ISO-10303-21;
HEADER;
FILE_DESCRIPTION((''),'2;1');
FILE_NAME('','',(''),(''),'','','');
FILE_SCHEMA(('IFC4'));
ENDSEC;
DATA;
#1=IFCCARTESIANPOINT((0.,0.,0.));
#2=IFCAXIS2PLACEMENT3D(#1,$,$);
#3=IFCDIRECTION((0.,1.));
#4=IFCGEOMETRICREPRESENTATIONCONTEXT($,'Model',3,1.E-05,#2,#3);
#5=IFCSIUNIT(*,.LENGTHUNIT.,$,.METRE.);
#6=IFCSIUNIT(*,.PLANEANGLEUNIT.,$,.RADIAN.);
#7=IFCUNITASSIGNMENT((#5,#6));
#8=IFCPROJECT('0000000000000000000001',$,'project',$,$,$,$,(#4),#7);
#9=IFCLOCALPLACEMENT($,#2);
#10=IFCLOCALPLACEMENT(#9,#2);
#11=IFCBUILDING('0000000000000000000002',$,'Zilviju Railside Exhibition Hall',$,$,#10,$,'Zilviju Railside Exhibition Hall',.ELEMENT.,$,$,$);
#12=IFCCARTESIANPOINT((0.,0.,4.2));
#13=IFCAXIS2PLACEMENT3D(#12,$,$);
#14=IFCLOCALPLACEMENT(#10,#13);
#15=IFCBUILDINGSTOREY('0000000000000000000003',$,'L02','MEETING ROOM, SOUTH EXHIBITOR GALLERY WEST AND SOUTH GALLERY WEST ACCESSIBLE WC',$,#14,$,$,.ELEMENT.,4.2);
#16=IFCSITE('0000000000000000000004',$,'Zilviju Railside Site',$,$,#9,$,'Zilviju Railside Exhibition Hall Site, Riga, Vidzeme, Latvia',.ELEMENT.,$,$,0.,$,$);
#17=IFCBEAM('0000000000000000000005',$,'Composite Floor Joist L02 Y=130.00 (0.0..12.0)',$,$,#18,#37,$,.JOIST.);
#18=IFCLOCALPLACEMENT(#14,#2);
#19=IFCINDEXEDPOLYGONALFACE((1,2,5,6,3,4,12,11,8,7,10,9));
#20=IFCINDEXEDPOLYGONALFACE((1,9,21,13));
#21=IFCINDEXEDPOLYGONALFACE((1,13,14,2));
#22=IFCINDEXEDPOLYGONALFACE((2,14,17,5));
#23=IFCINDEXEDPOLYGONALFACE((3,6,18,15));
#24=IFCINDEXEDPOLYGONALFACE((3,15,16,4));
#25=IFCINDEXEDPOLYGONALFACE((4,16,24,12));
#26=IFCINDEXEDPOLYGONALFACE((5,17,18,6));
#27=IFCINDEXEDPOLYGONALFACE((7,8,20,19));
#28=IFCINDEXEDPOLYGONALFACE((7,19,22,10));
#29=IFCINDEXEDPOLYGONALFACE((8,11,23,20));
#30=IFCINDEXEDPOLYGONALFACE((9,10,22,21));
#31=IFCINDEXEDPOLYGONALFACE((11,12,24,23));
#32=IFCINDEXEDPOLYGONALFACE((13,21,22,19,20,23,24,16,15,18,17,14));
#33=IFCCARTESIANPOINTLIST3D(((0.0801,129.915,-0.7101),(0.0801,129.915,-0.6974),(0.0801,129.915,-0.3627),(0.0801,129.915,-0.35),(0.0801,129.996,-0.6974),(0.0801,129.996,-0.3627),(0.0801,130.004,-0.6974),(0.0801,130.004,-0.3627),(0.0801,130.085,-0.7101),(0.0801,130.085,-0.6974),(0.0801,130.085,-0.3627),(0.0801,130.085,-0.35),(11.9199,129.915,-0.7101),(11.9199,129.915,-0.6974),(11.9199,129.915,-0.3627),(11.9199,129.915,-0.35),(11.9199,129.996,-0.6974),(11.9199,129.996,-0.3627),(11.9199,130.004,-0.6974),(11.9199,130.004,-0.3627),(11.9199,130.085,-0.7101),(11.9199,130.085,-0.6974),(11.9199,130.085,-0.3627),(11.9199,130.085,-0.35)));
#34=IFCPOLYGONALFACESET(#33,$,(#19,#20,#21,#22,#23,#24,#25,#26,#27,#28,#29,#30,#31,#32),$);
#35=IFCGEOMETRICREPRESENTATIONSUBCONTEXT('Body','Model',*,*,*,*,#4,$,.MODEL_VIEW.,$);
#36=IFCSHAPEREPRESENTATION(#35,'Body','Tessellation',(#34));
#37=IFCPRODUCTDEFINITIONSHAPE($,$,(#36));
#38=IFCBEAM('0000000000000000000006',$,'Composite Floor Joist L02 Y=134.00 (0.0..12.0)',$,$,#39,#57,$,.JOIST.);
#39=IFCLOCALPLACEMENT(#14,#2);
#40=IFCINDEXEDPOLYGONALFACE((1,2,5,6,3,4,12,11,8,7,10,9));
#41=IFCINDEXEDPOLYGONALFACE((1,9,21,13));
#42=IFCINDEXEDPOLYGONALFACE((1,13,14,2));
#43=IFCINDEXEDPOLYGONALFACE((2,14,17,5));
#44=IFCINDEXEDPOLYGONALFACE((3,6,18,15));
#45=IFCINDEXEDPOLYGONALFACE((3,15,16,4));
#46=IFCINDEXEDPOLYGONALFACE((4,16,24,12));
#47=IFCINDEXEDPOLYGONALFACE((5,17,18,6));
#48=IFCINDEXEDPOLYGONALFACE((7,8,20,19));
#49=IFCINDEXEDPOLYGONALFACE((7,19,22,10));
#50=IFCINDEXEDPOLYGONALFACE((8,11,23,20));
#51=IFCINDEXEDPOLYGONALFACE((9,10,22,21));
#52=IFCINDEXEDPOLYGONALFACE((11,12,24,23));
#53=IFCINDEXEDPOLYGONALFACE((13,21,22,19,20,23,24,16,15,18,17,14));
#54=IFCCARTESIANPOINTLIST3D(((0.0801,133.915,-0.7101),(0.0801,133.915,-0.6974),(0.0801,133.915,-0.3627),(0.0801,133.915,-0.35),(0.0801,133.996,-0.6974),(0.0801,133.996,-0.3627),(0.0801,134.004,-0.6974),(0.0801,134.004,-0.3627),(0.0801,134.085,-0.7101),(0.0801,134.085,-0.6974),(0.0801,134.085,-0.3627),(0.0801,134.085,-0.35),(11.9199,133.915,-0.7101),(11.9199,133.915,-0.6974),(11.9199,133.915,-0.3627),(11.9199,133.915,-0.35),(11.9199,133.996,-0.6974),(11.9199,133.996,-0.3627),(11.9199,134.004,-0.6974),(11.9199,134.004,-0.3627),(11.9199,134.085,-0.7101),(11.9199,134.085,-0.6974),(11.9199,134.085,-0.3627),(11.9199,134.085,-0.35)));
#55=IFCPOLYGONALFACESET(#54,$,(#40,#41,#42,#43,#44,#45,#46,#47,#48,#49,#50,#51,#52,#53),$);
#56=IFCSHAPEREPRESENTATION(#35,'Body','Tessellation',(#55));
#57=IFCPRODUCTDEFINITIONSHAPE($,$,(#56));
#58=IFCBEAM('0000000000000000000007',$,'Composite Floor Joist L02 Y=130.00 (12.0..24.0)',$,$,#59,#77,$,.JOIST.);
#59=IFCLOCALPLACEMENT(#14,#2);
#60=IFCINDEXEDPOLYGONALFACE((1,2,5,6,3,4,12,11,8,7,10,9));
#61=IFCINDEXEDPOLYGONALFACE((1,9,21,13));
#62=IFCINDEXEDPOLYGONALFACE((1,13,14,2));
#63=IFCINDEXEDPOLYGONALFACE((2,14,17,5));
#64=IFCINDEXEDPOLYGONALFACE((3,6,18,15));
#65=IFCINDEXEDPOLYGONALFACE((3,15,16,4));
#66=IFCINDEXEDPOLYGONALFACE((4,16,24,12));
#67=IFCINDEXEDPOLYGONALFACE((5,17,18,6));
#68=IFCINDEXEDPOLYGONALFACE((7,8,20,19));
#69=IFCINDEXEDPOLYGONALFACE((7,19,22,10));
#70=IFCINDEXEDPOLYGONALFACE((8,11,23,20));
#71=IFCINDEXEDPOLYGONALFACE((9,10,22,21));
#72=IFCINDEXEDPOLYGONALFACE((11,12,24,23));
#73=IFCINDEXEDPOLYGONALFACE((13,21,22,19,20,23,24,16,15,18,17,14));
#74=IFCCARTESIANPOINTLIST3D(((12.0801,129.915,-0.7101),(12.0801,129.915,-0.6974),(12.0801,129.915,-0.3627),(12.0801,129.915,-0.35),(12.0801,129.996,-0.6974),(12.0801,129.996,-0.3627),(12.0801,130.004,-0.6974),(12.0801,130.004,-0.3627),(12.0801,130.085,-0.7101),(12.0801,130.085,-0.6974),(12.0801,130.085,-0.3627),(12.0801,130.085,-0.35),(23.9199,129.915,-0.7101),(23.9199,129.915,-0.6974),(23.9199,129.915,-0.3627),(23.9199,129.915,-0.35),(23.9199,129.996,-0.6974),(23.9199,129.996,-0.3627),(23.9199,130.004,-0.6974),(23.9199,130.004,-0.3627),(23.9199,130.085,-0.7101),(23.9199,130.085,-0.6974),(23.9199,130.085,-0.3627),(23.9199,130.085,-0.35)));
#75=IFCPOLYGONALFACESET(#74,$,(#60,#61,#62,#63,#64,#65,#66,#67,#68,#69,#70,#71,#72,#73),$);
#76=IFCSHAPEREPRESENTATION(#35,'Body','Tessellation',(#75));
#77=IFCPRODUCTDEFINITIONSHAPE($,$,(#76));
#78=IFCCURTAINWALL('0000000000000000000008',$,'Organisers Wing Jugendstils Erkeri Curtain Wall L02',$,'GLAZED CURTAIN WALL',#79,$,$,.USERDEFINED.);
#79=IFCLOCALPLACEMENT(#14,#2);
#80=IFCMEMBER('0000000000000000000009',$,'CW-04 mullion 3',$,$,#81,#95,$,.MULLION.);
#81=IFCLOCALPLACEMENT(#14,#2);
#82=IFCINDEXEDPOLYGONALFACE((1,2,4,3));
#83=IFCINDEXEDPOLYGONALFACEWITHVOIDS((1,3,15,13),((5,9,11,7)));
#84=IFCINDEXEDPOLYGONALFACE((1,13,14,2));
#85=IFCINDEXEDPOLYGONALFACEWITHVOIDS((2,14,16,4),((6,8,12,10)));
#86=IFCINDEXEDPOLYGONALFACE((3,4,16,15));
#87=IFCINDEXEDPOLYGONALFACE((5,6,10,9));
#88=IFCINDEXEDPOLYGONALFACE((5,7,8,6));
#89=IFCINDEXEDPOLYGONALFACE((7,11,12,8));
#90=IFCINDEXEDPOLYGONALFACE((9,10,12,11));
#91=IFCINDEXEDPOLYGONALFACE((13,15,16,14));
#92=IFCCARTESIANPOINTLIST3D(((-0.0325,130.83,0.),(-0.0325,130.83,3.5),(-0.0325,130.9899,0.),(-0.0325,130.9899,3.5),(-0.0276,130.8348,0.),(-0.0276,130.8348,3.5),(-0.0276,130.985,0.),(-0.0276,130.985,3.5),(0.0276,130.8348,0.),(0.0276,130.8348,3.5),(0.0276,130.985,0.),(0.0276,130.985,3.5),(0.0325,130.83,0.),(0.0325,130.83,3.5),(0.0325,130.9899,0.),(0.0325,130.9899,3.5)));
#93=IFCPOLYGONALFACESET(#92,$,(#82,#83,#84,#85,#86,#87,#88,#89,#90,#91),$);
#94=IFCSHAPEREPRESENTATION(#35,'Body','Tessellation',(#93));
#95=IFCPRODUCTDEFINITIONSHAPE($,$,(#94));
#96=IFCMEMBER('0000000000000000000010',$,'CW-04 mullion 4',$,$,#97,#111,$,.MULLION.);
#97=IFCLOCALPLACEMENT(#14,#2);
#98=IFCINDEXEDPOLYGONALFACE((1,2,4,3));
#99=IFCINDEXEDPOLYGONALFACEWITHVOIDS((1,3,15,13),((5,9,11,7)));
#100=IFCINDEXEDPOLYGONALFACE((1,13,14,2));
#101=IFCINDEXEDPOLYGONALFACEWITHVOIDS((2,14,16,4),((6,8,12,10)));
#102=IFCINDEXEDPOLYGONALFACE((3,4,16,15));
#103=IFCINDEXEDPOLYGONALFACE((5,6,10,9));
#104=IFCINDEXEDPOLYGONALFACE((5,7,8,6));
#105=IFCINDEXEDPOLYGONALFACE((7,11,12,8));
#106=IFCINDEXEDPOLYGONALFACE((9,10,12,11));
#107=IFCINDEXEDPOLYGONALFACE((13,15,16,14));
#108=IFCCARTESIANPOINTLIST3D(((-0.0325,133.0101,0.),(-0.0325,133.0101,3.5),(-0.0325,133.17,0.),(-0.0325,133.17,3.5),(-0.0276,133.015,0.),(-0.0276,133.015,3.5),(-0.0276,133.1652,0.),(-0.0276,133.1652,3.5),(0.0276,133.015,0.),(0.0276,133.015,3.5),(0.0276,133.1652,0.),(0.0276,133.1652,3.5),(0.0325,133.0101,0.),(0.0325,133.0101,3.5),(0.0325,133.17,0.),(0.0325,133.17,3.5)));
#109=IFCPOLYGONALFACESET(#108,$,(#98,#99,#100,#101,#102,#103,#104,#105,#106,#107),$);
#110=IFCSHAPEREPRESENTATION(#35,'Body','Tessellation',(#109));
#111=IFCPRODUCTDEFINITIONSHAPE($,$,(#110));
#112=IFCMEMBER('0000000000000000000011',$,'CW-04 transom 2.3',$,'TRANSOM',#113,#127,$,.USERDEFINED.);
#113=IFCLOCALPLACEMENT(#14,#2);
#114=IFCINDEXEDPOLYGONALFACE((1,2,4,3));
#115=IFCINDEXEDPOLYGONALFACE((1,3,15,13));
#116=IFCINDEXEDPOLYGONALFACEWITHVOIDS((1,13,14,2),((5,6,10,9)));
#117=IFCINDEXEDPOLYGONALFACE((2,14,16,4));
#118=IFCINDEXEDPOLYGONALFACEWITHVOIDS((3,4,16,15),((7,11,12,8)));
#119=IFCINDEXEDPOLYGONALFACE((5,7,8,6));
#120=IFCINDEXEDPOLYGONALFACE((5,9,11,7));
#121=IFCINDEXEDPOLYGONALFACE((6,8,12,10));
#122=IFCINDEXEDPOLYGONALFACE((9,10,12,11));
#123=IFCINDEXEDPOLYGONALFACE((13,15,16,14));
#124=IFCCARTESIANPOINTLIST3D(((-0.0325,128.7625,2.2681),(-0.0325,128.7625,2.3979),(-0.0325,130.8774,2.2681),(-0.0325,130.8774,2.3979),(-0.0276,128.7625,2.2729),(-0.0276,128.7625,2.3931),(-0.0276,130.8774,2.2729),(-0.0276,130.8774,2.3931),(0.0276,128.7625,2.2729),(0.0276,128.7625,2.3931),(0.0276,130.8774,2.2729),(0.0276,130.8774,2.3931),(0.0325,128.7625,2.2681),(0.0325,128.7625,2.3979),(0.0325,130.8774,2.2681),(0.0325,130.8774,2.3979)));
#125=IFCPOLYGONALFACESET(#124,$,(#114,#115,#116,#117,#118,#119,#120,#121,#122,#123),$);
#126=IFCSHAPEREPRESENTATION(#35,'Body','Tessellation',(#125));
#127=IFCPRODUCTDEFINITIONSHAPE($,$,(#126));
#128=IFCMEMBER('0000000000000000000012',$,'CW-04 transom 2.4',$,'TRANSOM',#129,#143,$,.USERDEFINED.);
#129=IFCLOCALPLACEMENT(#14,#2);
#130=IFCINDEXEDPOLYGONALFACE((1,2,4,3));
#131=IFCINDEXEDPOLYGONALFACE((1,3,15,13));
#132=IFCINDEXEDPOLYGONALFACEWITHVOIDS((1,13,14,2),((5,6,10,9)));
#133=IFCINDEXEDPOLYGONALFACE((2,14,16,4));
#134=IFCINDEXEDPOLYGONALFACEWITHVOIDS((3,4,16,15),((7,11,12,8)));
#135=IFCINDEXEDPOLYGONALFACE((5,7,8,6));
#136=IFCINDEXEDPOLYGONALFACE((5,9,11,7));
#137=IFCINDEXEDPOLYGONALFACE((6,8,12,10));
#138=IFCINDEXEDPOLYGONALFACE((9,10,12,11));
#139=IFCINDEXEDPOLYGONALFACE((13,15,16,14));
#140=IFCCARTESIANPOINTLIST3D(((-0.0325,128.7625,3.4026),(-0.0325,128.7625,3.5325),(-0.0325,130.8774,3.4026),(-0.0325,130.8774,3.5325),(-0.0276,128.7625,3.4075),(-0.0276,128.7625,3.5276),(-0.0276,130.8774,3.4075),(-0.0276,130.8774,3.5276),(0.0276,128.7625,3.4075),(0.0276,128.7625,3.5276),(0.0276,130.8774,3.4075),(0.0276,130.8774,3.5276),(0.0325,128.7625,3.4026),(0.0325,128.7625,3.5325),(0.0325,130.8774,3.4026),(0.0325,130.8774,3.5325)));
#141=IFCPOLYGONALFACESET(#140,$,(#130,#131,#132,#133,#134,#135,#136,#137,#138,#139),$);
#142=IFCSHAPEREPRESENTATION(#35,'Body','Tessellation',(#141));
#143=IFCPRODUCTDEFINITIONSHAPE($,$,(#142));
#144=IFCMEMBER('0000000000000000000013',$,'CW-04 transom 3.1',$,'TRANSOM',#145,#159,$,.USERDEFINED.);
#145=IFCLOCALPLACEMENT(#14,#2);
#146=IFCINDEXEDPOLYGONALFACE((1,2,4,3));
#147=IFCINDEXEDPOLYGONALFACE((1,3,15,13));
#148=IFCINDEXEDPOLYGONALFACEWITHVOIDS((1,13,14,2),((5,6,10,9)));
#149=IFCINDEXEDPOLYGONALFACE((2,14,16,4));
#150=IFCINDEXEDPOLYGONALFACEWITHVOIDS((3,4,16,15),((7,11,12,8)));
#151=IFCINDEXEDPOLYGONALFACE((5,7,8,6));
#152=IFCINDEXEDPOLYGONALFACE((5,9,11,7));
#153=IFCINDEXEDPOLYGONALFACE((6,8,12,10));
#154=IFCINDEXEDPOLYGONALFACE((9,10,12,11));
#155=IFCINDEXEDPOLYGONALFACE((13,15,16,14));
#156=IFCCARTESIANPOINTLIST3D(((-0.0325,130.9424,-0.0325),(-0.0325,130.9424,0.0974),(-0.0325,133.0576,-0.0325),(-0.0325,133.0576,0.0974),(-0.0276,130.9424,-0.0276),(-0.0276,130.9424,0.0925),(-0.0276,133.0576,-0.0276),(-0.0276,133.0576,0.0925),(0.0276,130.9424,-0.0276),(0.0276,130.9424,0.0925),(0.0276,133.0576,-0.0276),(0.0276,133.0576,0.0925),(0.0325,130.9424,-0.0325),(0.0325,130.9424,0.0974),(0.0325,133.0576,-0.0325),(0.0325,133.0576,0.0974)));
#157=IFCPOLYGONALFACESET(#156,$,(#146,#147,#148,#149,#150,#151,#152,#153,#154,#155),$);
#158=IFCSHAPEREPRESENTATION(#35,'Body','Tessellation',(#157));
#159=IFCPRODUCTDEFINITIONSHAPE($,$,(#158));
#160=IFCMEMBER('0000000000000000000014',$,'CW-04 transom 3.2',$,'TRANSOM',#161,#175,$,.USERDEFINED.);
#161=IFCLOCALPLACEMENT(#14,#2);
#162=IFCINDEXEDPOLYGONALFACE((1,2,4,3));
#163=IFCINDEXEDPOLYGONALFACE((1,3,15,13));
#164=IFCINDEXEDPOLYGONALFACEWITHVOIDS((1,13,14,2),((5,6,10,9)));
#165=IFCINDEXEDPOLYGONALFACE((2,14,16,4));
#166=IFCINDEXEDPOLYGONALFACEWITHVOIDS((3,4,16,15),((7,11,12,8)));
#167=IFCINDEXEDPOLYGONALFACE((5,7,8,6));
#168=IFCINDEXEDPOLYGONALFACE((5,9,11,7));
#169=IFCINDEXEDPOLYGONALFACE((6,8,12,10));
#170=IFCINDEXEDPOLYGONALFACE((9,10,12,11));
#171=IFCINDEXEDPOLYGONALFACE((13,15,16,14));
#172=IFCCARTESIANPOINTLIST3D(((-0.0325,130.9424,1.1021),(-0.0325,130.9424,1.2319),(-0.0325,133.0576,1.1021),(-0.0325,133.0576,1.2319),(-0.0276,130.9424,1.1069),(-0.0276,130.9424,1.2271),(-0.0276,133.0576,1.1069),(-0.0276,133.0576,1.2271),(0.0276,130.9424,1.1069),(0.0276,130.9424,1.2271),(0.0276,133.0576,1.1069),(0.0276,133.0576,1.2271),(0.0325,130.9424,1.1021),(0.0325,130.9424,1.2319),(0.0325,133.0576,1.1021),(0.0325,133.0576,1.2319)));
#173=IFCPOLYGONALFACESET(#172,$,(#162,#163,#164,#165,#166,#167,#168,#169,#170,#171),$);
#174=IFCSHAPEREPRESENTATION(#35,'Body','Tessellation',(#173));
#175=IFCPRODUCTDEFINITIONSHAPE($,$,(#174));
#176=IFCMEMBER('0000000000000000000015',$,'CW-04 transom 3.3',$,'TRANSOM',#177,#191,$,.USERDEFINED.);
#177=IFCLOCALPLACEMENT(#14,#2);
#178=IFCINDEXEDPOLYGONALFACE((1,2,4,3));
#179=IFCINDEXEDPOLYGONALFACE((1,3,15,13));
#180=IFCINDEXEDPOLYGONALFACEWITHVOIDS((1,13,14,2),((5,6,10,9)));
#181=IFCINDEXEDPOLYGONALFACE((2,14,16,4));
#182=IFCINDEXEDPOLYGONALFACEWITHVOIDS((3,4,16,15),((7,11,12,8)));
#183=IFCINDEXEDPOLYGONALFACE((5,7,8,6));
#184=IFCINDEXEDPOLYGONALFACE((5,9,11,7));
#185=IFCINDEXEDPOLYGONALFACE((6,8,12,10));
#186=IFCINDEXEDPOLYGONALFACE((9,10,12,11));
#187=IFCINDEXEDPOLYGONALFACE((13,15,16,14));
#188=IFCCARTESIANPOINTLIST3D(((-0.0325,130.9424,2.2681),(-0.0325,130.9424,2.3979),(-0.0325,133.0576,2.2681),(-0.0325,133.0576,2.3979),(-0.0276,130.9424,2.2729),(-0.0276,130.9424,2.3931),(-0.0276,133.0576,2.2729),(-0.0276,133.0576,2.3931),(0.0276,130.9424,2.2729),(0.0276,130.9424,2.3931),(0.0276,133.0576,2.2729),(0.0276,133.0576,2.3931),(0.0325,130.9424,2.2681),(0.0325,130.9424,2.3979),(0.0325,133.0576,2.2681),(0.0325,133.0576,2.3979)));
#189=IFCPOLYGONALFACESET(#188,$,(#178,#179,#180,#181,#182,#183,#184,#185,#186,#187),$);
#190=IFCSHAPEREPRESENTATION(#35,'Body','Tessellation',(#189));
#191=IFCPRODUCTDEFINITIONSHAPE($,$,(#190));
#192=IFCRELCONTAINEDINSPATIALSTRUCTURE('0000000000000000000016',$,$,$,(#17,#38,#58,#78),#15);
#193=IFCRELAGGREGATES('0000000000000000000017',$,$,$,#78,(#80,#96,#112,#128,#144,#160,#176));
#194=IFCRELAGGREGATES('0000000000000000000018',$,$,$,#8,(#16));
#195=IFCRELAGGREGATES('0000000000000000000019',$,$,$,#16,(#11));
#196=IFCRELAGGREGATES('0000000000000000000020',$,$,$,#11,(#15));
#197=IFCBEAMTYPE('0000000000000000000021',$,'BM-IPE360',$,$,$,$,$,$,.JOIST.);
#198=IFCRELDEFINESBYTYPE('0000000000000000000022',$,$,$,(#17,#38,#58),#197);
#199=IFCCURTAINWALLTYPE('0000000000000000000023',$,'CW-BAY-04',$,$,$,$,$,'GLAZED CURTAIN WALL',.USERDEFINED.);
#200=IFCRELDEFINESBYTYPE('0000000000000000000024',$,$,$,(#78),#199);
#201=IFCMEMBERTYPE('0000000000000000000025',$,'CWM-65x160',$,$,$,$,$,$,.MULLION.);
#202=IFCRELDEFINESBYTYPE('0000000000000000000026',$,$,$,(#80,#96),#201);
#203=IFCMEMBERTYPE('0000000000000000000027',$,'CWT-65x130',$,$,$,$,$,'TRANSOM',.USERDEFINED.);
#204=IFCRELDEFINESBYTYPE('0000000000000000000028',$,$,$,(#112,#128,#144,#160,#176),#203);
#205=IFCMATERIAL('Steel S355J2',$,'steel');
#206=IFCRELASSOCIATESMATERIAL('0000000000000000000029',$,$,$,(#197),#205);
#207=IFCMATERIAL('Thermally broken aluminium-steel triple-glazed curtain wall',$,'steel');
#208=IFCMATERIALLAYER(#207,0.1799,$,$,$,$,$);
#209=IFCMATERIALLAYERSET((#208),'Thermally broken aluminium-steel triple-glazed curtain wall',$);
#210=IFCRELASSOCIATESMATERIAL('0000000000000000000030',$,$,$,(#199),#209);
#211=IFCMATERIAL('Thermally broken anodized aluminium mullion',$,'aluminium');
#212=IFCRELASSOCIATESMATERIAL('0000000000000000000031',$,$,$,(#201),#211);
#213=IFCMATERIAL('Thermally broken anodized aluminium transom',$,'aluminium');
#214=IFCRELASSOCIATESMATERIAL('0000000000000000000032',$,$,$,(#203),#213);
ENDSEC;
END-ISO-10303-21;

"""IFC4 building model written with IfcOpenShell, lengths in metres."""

from ifc_helpers import new_model, si_unit, direction, frame, origin, origin_2d, place, context, subcontext, project, spatial, hollow_rectangle, i_section, extrude, material, layer, layer_set, material_profile, profile_set, type_object, element, aggregate, save


model = new_model("IFC4")

# Units and contexts
model_context = context("Model", 3, precision=1e-05, world=origin(), true_north=direction((0.0, 1.0)))
body_context = subcontext(model_context, "Body", "Model", "MODEL_VIEW")
ifc_project = project(units=[si_unit("LENGTHUNIT", "METRE"), si_unit("PLANEANGLEUNIT", "RADIAN")], contexts=[model_context])

# Site, building, storey
site_placement = place(None, origin())
site = spatial("IfcSite", under=ifc_project, at=site_placement, Name="Zilviju Railside Site", LongName="Zilviju Railside Exhibition Hall Site, Riga, Vidzeme, Latvia", CompositionType="ELEMENT", RefElevation=0.0)
building_placement = place(site_placement, origin())
building = spatial("IfcBuilding", under=site, at=building_placement, Name="Zilviju Railside Exhibition Hall", LongName="Zilviju Railside Exhibition Hall", CompositionType="ELEMENT")
storey_placement = place(building_placement, frame((0.0, 0.0, 4.2)))
storey = spatial("IfcBuildingStorey", under=building, at=storey_placement, Name="L02", Description="MEETING ROOM, SOUTH EXHIBITOR GALLERY WEST AND SOUTH GALLERY WEST ACCESSIBLE WC", CompositionType="ELEMENT", Elevation=4.2)

# Beams
ifc_material_1 = material(Name="Steel S355J2", Category="steel")
ifc_material_profile_1 = material_profile(ifc_material_1, i_section(OverallWidth=0.1699, OverallDepth=0.3601, WebThickness=0.0081, FlangeThickness=0.0127, at=origin_2d()), Name="IPE 360")
ifc_profile_set_1 = profile_set([ifc_material_profile_1], Name="Steel S355J2")
beam_type = type_object("IfcBeamType", Name="BM-IPE360", PredefinedType="JOIST", material=ifc_profile_set_1)
for number, where, z_axis, x_axis, name in (
    (1, (0.0801, 130.0, -0.53), (1.0, 0.0, 0.0), (0.0, 1.0, 0.0), "Composite Floor Joist L02 Y=130.00 (0.0..12.0)"),
    (2, (0.0801, 134.0, -0.53), (1.0, 0.0, 0.0), (0.0, 1.0, 0.0), "Composite Floor Joist L02 Y=134.00 (0.0..12.0)"),
    (3, (12.0801, 130.0, -0.53), (1.0, 0.0, 0.0), (0.0, 1.0, 0.0), "Composite Floor Joist L02 Y=130.00 (12.0..24.0)"),
):
    element("IfcBeam", number, at=place(storey_placement, frame(where, z_axis=z_axis, x_axis=x_axis)), inside=storey, type_object=beam_type, Name=name, PredefinedType="JOIST", context=body_context, shape_type="SweptSolid", body=[
        extrude(i_section(OverallWidth=0.1699, OverallDepth=0.3601, WebThickness=0.0081, FlangeThickness=0.0127, at=origin_2d()), origin(), (0.0, 0.0, 1.0), 11.8398),
    ])

# Curtain wall, members
ifc_material_2 = material(Name="Thermally broken aluminium-steel triple-glazed curtain wall", Category="steel")
ifc_layer_1 = layer(ifc_material_2, 0.1799)
ifc_layer_set_1 = layer_set([ifc_layer_1], Name="Thermally broken aluminium-steel triple-glazed curtain wall")
curtain_wall_type = type_object("IfcCurtainWallType", Name="CW-BAY-04", ElementType="GLAZED CURTAIN WALL", PredefinedType="USERDEFINED", material=ifc_layer_set_1)
curtain_wall_placement = place(storey_placement, origin())
curtain_wall = element("IfcCurtainWall", 4, at=curtain_wall_placement, inside=storey, type_object=curtain_wall_type, Name="Organisers Wing Jugendstils Erkeri Curtain Wall L02", ObjectType="GLAZED CURTAIN WALL", PredefinedType="USERDEFINED")
ifc_material_3 = material(Name="Thermally broken anodized aluminium mullion", Category="aluminium")
ifc_material_profile_2 = material_profile(ifc_material_3, hollow_rectangle(XDim=0.0649, YDim=0.1599, WallThickness=0.0049, at=origin_2d()), Name="MULLION 160x65x5")
ifc_profile_set_2 = profile_set([ifc_material_profile_2], Name="Thermally broken anodized aluminium mullion")
member_type_1 = type_object("IfcMemberType", Name="CWM-65x160", PredefinedType="MULLION", material=ifc_profile_set_2)
member_1_placement = place(storey_placement, frame((0.0, 130.9099, 0.0), z_axis=(0.0, 0.0, 1.0), x_axis=(-1.0, 0.0, 0.0)))
member_1 = element("IfcMember", 5, at=member_1_placement, type_object=member_type_1, Name="CW-04 mullion 3", PredefinedType="MULLION", context=body_context, shape_type="SweptSolid", body=[
    extrude(hollow_rectangle(XDim=0.0649, YDim=0.1599, WallThickness=0.0049, at=origin_2d()), origin(), (0.0, 0.0, 1.0), 3.5),
])
member_2_placement = place(storey_placement, frame((0.0, 133.0901, 0.0), z_axis=(0.0, 0.0, 1.0), x_axis=(-1.0, 0.0, 0.0)))
member_2 = element("IfcMember", 6, at=member_2_placement, type_object=member_type_1, Name="CW-04 mullion 4", PredefinedType="MULLION", context=body_context, shape_type="SweptSolid", body=[
    extrude(hollow_rectangle(XDim=0.0649, YDim=0.1599, WallThickness=0.0049, at=origin_2d()), origin(), (0.0, 0.0, 1.0), 3.5),
])
ifc_material_4 = material(Name="Thermally broken anodized aluminium transom", Category="aluminium")
ifc_material_profile_3 = material_profile(ifc_material_4, hollow_rectangle(XDim=0.0649, YDim=0.1299, WallThickness=0.0049, at=origin_2d()), Name="TRANSOM 130x65x5")
ifc_profile_set_3 = profile_set([ifc_material_profile_3], Name="Thermally broken anodized aluminium transom")
member_type_2 = type_object("IfcMemberType", Name="CWT-65x130", ElementType="TRANSOM", PredefinedType="USERDEFINED", material=ifc_profile_set_3)
member_3_placement = place(storey_placement, frame((0.0, 128.7625, 2.333), z_axis=(0.0, 1.0, 0.0), x_axis=(-1.0, 0.0, 0.0)))
member_3 = element("IfcMember", 7, at=member_3_placement, type_object=member_type_2, Name="CW-04 transom 2.3", ObjectType="TRANSOM", PredefinedType="USERDEFINED", context=body_context, shape_type="SweptSolid", body=[
    extrude(hollow_rectangle(XDim=0.0649, YDim=0.1299, WallThickness=0.0049, at=origin_2d()), origin(), (0.0, 0.0, 1.0), 2.115),
])
member_4_placement = place(storey_placement, frame((0.0, 128.7625, 3.4675), z_axis=(0.0, 1.0, 0.0), x_axis=(-1.0, 0.0, 0.0)))
member_4 = element("IfcMember", 8, at=member_4_placement, type_object=member_type_2, Name="CW-04 transom 2.4", ObjectType="TRANSOM", PredefinedType="USERDEFINED", context=body_context, shape_type="SweptSolid", body=[
    extrude(hollow_rectangle(XDim=0.0649, YDim=0.1299, WallThickness=0.0049, at=origin_2d()), origin(), (0.0, 0.0, 1.0), 2.115),
])
member_5_placement = place(storey_placement, frame((0.0, 130.9424, 0.0325), z_axis=(0.0, 1.0, 0.0), x_axis=(-1.0, 0.0, 0.0)))
member_5 = element("IfcMember", 9, at=member_5_placement, type_object=member_type_2, Name="CW-04 transom 3.1", ObjectType="TRANSOM", PredefinedType="USERDEFINED", context=body_context, shape_type="SweptSolid", body=[
    extrude(hollow_rectangle(XDim=0.0649, YDim=0.1299, WallThickness=0.0049, at=origin_2d()), origin(), (0.0, 0.0, 1.0), 2.1152),
])
member_6_placement = place(storey_placement, frame((0.0, 130.9424, 1.167), z_axis=(0.0, 1.0, 0.0), x_axis=(-1.0, 0.0, 0.0)))
member_6 = element("IfcMember", 10, at=member_6_placement, type_object=member_type_2, Name="CW-04 transom 3.2", ObjectType="TRANSOM", PredefinedType="USERDEFINED", context=body_context, shape_type="SweptSolid", body=[
    extrude(hollow_rectangle(XDim=0.0649, YDim=0.1299, WallThickness=0.0049, at=origin_2d()), origin(), (0.0, 0.0, 1.0), 2.1152),
])
member_7_placement = place(storey_placement, frame((0.0, 130.9424, 2.333), z_axis=(0.0, 1.0, 0.0), x_axis=(-1.0, 0.0, 0.0)))
member_7 = element("IfcMember", 11, at=member_7_placement, type_object=member_type_2, Name="CW-04 transom 3.3", ObjectType="TRANSOM", PredefinedType="USERDEFINED", context=body_context, shape_type="SweptSolid", body=[
    extrude(hollow_rectangle(XDim=0.0649, YDim=0.1299, WallThickness=0.0049, at=origin_2d()), origin(), (0.0, 0.0, 1.0), 2.1152),
])
aggregate(curtain_wall, [member_1, member_2, member_3, member_4, member_5, member_6, member_7])

save(model, "model.ifc")
